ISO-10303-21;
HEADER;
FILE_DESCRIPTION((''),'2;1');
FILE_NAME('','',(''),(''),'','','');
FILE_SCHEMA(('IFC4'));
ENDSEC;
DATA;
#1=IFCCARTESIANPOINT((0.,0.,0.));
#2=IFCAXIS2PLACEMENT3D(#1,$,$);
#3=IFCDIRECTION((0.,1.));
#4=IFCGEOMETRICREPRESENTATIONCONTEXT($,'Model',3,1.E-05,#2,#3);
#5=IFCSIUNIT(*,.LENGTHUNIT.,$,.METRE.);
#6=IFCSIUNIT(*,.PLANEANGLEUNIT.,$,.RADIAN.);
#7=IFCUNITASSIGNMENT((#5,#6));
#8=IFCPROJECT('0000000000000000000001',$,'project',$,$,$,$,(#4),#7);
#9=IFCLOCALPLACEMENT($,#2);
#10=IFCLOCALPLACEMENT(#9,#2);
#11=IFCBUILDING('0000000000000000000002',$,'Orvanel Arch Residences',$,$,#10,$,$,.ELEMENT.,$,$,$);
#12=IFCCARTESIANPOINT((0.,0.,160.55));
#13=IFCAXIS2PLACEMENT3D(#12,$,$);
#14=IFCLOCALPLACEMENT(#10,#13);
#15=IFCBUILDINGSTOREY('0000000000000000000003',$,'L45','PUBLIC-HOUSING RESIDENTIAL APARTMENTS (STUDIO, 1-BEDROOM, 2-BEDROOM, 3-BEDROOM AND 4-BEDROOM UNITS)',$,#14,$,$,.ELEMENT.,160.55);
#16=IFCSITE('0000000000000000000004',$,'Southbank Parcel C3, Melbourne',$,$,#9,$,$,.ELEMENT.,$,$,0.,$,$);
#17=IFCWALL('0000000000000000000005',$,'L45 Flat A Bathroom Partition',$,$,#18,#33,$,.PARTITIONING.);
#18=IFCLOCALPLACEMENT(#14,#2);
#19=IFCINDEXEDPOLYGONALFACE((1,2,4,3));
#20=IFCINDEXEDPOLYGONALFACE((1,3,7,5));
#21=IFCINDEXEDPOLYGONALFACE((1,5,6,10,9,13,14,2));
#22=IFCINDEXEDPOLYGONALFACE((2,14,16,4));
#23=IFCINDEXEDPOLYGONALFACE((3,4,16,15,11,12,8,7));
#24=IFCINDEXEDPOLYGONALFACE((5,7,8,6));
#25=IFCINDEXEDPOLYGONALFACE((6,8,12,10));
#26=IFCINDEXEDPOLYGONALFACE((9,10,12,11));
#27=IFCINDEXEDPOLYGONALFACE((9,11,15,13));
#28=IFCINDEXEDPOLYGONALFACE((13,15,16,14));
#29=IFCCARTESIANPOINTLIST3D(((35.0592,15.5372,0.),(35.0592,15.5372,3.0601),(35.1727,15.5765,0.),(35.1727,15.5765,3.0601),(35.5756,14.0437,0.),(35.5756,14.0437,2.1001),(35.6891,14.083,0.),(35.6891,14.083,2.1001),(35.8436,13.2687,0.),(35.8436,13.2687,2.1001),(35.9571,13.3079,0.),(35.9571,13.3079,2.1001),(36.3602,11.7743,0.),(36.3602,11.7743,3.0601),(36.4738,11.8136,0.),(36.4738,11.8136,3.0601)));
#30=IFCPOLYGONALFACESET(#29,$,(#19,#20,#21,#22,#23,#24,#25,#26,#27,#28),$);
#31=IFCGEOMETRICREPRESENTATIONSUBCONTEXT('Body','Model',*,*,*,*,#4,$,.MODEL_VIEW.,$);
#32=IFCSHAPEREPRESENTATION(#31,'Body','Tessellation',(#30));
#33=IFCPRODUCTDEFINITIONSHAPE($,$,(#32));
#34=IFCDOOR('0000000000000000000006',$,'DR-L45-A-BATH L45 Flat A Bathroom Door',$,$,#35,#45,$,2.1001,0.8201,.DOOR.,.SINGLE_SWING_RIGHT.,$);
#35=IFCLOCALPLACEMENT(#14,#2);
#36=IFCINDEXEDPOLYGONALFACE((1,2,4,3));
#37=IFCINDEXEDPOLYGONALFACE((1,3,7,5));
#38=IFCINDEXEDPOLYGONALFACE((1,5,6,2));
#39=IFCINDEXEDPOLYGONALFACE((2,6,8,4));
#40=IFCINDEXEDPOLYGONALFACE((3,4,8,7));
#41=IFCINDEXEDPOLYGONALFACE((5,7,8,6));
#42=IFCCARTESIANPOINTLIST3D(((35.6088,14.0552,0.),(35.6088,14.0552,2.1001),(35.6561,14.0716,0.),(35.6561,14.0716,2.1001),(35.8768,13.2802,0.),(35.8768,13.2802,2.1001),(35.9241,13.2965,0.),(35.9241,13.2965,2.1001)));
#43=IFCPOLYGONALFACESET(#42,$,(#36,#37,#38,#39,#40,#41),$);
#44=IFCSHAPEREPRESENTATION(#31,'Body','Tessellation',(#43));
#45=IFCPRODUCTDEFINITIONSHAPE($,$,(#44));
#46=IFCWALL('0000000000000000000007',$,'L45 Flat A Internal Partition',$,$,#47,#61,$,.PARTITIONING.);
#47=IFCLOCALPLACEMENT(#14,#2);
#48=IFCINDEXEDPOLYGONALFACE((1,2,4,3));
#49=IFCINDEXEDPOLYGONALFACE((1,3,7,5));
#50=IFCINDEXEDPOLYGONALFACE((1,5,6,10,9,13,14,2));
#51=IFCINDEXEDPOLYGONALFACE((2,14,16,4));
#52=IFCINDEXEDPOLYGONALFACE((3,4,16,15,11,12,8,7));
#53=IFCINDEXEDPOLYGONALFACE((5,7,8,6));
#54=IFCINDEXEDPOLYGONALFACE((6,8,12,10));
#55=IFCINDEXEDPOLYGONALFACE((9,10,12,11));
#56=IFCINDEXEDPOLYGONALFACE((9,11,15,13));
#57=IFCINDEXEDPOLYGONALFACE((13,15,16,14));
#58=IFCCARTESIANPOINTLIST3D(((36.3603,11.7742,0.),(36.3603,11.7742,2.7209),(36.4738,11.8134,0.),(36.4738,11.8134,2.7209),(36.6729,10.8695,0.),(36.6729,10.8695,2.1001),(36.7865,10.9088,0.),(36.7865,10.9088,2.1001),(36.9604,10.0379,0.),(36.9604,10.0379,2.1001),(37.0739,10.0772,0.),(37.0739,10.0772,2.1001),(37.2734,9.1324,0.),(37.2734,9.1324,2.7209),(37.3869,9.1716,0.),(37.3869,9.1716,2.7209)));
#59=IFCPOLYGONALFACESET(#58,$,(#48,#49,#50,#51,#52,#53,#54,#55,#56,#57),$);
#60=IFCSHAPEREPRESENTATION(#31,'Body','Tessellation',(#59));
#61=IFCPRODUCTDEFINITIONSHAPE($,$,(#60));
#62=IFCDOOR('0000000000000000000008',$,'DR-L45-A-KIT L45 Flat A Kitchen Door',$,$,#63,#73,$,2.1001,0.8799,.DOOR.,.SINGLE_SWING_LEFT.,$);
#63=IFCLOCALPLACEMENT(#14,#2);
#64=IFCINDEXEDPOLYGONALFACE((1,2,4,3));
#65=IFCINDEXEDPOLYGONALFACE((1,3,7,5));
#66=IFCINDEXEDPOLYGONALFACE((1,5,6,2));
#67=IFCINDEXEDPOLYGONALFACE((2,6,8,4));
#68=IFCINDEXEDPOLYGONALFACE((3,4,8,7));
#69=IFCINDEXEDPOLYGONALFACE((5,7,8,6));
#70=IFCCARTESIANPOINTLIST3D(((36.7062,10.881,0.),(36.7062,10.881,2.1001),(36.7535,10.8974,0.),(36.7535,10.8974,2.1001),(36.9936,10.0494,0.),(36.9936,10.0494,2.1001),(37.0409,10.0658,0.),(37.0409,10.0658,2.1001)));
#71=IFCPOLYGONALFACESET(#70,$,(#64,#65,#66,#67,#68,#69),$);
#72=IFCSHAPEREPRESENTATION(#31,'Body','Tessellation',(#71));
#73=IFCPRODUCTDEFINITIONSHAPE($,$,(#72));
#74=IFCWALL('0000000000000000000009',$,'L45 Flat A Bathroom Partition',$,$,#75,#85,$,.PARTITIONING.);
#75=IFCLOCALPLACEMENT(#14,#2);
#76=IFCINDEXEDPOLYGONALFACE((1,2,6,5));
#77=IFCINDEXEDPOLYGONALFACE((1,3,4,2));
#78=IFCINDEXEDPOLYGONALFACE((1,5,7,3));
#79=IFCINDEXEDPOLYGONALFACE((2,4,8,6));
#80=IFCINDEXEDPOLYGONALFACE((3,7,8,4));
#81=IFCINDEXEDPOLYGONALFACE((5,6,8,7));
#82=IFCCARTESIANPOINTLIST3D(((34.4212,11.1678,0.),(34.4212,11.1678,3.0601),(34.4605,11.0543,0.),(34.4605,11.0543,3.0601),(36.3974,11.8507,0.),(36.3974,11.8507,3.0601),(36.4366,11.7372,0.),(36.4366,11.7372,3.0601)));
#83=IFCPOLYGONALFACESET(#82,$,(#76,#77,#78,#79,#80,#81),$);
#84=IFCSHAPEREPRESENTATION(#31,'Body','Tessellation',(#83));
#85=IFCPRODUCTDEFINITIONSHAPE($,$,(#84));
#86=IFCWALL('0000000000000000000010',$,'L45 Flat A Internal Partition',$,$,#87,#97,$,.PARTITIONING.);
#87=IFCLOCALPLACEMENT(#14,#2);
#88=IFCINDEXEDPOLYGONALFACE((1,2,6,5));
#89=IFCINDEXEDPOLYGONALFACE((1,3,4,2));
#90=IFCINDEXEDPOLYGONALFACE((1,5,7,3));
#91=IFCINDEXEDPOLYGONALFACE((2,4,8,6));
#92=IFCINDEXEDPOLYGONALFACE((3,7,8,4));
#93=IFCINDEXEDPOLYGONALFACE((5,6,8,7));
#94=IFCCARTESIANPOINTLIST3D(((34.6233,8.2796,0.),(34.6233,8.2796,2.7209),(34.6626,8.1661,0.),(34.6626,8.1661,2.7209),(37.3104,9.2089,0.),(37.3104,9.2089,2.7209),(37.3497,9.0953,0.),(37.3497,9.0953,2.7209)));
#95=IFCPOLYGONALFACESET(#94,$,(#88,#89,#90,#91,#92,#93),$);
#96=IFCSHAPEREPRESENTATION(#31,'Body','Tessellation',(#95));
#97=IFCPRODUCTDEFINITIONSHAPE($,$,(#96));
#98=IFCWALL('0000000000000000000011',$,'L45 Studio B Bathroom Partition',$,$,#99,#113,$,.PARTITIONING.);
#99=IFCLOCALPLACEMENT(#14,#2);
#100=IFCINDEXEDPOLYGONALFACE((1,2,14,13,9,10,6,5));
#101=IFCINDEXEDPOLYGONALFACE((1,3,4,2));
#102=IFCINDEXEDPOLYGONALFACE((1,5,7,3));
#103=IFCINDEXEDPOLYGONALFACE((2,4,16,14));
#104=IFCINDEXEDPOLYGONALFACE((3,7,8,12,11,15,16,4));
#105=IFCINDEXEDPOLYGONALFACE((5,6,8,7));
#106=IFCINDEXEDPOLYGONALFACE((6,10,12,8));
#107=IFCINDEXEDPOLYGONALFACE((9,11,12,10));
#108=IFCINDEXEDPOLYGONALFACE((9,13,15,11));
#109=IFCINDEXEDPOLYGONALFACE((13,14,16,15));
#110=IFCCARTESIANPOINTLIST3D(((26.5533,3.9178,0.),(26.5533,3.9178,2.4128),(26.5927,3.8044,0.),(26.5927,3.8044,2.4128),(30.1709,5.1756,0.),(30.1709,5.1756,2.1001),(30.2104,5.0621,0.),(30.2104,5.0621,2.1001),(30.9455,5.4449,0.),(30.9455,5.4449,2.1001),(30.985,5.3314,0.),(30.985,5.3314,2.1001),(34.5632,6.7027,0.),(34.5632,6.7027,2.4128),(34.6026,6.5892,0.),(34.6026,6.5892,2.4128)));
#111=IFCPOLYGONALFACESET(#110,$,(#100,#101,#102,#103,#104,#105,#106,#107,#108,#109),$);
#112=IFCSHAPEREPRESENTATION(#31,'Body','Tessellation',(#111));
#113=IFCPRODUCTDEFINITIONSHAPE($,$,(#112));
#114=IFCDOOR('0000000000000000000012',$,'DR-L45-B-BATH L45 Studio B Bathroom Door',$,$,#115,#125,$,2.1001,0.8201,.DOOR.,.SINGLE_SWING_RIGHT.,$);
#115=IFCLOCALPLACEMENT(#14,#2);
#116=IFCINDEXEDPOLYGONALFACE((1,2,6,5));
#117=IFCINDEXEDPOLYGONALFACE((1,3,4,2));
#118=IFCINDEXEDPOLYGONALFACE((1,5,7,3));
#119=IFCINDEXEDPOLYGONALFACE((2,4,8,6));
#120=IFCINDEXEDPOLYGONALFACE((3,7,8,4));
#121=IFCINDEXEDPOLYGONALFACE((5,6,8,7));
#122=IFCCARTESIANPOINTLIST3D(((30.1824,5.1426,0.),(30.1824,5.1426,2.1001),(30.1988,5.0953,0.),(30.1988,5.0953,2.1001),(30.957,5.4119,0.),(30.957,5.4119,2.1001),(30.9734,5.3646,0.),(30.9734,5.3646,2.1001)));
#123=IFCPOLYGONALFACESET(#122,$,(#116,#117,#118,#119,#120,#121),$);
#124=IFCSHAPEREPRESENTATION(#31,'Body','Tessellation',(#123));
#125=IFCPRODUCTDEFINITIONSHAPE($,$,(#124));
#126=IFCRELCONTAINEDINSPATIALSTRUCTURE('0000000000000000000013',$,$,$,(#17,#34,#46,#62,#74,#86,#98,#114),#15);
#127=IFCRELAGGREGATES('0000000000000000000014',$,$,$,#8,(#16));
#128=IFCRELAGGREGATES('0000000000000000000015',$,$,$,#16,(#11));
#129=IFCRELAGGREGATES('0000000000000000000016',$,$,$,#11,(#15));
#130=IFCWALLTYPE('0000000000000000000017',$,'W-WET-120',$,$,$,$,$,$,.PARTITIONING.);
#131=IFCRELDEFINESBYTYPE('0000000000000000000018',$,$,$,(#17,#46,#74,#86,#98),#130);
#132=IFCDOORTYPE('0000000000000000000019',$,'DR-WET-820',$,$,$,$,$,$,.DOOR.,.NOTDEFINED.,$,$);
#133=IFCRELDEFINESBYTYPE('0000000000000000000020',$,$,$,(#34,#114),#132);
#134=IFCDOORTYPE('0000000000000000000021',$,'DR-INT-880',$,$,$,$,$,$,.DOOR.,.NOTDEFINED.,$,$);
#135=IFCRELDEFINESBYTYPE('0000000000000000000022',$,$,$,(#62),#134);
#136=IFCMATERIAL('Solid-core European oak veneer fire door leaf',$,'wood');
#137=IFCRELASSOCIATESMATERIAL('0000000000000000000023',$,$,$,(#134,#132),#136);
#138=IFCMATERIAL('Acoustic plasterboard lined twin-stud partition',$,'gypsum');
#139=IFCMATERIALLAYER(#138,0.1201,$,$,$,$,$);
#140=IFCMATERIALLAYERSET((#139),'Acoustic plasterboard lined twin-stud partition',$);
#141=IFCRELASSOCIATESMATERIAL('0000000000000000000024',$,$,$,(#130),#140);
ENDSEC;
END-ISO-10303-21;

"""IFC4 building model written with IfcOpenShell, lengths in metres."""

from ifc_helpers import new_model, si_unit, direction, frame, frame_2d, origin, place, context, subcontext, project, spatial, rectangle, extrude, material, layer, layer_set, type_object, element, fill, save


model = new_model("IFC4")

# Units and contexts
model_context = context("Model", 3, precision=1e-05, world=origin(), true_north=direction((0.0, 1.0)))
body_context = subcontext(model_context, "Body", "Model", "MODEL_VIEW")
ifc_project = project(units=[si_unit("LENGTHUNIT", "METRE"), si_unit("PLANEANGLEUNIT", "RADIAN")], contexts=[model_context])

# Site, building, storey
site_placement = place(None, origin())
site = spatial("IfcSite", under=ifc_project, at=site_placement, Name="Southbank Parcel C3, Melbourne", CompositionType="ELEMENT", RefElevation=0.0)
building_placement = place(site_placement, origin())
building = spatial("IfcBuilding", under=site, at=building_placement, Name="Orvanel Arch Residences", CompositionType="ELEMENT")
storey_placement = place(building_placement, frame((0.0, 0.0, 160.55)))
storey = spatial("IfcBuildingStorey", under=building, at=storey_placement, Name="L45", Description="PUBLIC-HOUSING RESIDENTIAL APARTMENTS (STUDIO, 1-BEDROOM, 2-BEDROOM, 3-BEDROOM AND 4-BEDROOM UNITS)", CompositionType="ELEMENT", Elevation=160.55)

# Shared definitions
ifc_material_1 = material(Name="Solid-core European oak veneer fire door leaf", Category="wood")
door_type_1 = type_object("IfcDoorType", Name="DR-INT-880", OperationType="NOTDEFINED", PredefinedType="DOOR", material=ifc_material_1)

# Walls, openings, doors
ifc_material_2 = material(Name="Acoustic plasterboard lined twin-stud partition", Category="gypsum")
ifc_layer_1 = layer(ifc_material_2, 0.1201)
ifc_layer_set_1 = layer_set([ifc_layer_1], Name="Acoustic plasterboard lined twin-stud partition")
wall_type_1 = type_object("IfcWallType", Name="W-WET-120", PredefinedType="PARTITIONING", material=ifc_layer_set_1)
wall_1_placement = place(storey_placement, frame((36.417, 11.7939, 0.0), z_axis=(0.0, 0.0, 1.0), x_axis=(-0.326767, 0.945105, 0.0)))
wall_1 = element("IfcWall", 1, at=wall_1_placement, inside=storey, type_object=wall_type_1, Name="L45 Flat A Bathroom Partition", PredefinedType="PARTITIONING", context=body_context, shape_type="SweptSolid", body=[
    extrude(rectangle(XDim=3.9814, YDim=0.1201, at=frame_2d((1.9907, 0.0))), origin(), (0.0, 0.0, 1.0), 3.0601),
])
opening_1_placement = place(wall_1_placement, frame((1.5811, 0.0, 0.0)))
opening_1 = element("IfcOpeningElement", 2, at=opening_1_placement, cuts=wall_1, PredefinedType="OPENING", context=body_context, shape_type="SweptSolid", body=[
    extrude(rectangle(XDim=0.8201, YDim=2.1001, at=frame_2d((0.4102, 1.05))), frame((0.0, 0.0701, 0.0), z_axis=(0.0, -1.0, 0.0), x_axis=(1.0, 0.0, 0.0)), (0.0, 0.0, 1.0), 0.1401),
])
door_type_2 = type_object("IfcDoorType", Name="DR-WET-820", OperationType="NOTDEFINED", PredefinedType="DOOR", material=ifc_material_1)
door_1_placement = place(opening_1_placement, origin())
door_1 = element("IfcDoor", 3, at=door_1_placement, inside=storey, type_object=door_type_2, Name="DR-L45-A-BATH L45 Flat A Bathroom Door", OperationType="SINGLE_SWING_RIGHT", OverallHeight=2.1001, OverallWidth=0.8201, PredefinedType="DOOR", context=body_context, shape_type="SweptSolid", body=[
    extrude(rectangle(XDim=0.8201, YDim=2.1001, at=frame_2d((0.4102, 1.05))), frame((0.0, 0.0249, 0.0), z_axis=(0.0, -1.0, 0.0), x_axis=(1.0, 0.0, 0.0)), (0.0, 0.0, 1.0), 0.05),
])
fill(opening_1, door_1)
wall_2_placement = place(storey_placement, frame((37.3301, 9.1521, 0.0), z_axis=(0.0, 0.0, 1.0), x_axis=(-0.326664, 0.945141, 0.0)))
wall_2 = element("IfcWall", 4, at=wall_2_placement, inside=storey, type_object=wall_type_1, Name="L45 Flat A Internal Partition", PredefinedType="PARTITIONING", context=body_context, shape_type="SweptSolid", body=[
    extrude(rectangle(XDim=2.7952, YDim=0.1201, at=frame_2d((1.3975, 0.0))), origin(), (0.0, 0.0, 1.0), 2.7209),
])
opening_2_placement = place(wall_2_placement, frame((0.958, 0.0, 0.0)))
opening_2 = element("IfcOpeningElement", 5, at=opening_2_placement, cuts=wall_2, PredefinedType="OPENING", context=body_context, shape_type="SweptSolid", body=[
    extrude(rectangle(XDim=0.8799, YDim=2.1001, at=frame_2d((0.4399, 1.05))), frame((0.0, 0.0701, 0.0), z_axis=(0.0, -1.0, 0.0), x_axis=(1.0, 0.0, 0.0)), (0.0, 0.0, 1.0), 0.1401),
])
door_2_placement = place(opening_2_placement, origin())
door_2 = element("IfcDoor", 6, at=door_2_placement, inside=storey, type_object=door_type_1, Name="DR-L45-A-KIT L45 Flat A Kitchen Door", OperationType="SINGLE_SWING_LEFT", OverallHeight=2.1001, OverallWidth=0.8799, PredefinedType="DOOR", context=body_context, shape_type="SweptSolid", body=[
    extrude(rectangle(XDim=0.8799, YDim=2.1001, at=frame_2d((0.4399, 1.05))), frame((0.0, 0.0249, 0.0), z_axis=(0.0, -1.0, 0.0), x_axis=(1.0, 0.0, 0.0)), (0.0, 0.0, 1.0), 0.05),
])
fill(opening_2, door_2)

# Walls
wall_3_placement = place(storey_placement, frame((36.417, 11.7939, 0.0), z_axis=(0.0, 0.0, 1.0), x_axis=(-0.945158, -0.326613, 0.0)))
element("IfcWall", 7, at=wall_3_placement, inside=storey, type_object=wall_type_1, Name="L45 Flat A Bathroom Partition", PredefinedType="PARTITIONING", context=body_context, shape_type="SweptSolid", body=[
    extrude(rectangle(XDim=2.0908, YDim=0.1201, at=frame_2d((1.0454, 0.0))), origin(), (0.0, 0.0, 1.0), 3.0601),
])
wall_4_placement = place(storey_placement, frame((37.3301, 9.1521, 0.0), z_axis=(0.0, 0.0, 1.0), x_axis=(-0.945086, -0.326822, 0.0)))
element("IfcWall", 8, at=wall_4_placement, inside=storey, type_object=wall_type_1, Name="L45 Flat A Internal Partition", PredefinedType="PARTITIONING", context=body_context, shape_type="SweptSolid", body=[
    extrude(rectangle(XDim=2.8433, YDim=0.1201, at=frame_2d((1.4216, 0.0))), origin(), (0.0, 0.0, 1.0), 2.7209),
])

# Wall, opening, door
wall_5_placement = place(storey_placement, frame((34.583, 6.646, 0.0), z_axis=(0.0, 0.0, 1.0), x_axis=(-0.94454, -0.328397, 0.0)))
wall_5 = element("IfcWall", 9, at=wall_5_placement, inside=storey, type_object=wall_type_1, Name="L45 Studio B Bathroom Partition", PredefinedType="PARTITIONING", context=body_context, shape_type="SweptSolid", body=[
    extrude(rectangle(XDim=8.4802, YDim=0.1201, at=frame_2d((4.2402, 0.0))), origin(), (0.0, 0.0, 1.0), 2.4128),
])
opening_3_placement = place(wall_5_placement, frame((3.8301, 0.0, 0.0)))
opening_3 = element("IfcOpeningElement", 10, at=opening_3_placement, cuts=wall_5, PredefinedType="OPENING", context=body_context, shape_type="SweptSolid", body=[
    extrude(rectangle(XDim=0.8201, YDim=2.1001, at=frame_2d((0.4102, 1.05))), frame((0.0, 0.0701, 0.0), z_axis=(0.0, -1.0, 0.0), x_axis=(1.0, 0.0, 0.0)), (0.0, 0.0, 1.0), 0.1401),
])
door_3_placement = place(opening_3_placement, origin())
door_3 = element("IfcDoor", 11, at=door_3_placement, inside=storey, type_object=door_type_2, Name="DR-L45-B-BATH L45 Studio B Bathroom Door", OperationType="SINGLE_SWING_RIGHT", OverallHeight=2.1001, OverallWidth=0.8201, PredefinedType="DOOR", context=body_context, shape_type="SweptSolid", body=[
    extrude(rectangle(XDim=0.8201, YDim=2.1001, at=frame_2d((0.4102, 1.05))), frame((0.0, 0.0249, 0.0), z_axis=(0.0, -1.0, 0.0), x_axis=(1.0, 0.0, 0.0)), (0.0, 0.0, 1.0), 0.05),
])
fill(opening_3, door_3)

save(model, "model.ifc")
